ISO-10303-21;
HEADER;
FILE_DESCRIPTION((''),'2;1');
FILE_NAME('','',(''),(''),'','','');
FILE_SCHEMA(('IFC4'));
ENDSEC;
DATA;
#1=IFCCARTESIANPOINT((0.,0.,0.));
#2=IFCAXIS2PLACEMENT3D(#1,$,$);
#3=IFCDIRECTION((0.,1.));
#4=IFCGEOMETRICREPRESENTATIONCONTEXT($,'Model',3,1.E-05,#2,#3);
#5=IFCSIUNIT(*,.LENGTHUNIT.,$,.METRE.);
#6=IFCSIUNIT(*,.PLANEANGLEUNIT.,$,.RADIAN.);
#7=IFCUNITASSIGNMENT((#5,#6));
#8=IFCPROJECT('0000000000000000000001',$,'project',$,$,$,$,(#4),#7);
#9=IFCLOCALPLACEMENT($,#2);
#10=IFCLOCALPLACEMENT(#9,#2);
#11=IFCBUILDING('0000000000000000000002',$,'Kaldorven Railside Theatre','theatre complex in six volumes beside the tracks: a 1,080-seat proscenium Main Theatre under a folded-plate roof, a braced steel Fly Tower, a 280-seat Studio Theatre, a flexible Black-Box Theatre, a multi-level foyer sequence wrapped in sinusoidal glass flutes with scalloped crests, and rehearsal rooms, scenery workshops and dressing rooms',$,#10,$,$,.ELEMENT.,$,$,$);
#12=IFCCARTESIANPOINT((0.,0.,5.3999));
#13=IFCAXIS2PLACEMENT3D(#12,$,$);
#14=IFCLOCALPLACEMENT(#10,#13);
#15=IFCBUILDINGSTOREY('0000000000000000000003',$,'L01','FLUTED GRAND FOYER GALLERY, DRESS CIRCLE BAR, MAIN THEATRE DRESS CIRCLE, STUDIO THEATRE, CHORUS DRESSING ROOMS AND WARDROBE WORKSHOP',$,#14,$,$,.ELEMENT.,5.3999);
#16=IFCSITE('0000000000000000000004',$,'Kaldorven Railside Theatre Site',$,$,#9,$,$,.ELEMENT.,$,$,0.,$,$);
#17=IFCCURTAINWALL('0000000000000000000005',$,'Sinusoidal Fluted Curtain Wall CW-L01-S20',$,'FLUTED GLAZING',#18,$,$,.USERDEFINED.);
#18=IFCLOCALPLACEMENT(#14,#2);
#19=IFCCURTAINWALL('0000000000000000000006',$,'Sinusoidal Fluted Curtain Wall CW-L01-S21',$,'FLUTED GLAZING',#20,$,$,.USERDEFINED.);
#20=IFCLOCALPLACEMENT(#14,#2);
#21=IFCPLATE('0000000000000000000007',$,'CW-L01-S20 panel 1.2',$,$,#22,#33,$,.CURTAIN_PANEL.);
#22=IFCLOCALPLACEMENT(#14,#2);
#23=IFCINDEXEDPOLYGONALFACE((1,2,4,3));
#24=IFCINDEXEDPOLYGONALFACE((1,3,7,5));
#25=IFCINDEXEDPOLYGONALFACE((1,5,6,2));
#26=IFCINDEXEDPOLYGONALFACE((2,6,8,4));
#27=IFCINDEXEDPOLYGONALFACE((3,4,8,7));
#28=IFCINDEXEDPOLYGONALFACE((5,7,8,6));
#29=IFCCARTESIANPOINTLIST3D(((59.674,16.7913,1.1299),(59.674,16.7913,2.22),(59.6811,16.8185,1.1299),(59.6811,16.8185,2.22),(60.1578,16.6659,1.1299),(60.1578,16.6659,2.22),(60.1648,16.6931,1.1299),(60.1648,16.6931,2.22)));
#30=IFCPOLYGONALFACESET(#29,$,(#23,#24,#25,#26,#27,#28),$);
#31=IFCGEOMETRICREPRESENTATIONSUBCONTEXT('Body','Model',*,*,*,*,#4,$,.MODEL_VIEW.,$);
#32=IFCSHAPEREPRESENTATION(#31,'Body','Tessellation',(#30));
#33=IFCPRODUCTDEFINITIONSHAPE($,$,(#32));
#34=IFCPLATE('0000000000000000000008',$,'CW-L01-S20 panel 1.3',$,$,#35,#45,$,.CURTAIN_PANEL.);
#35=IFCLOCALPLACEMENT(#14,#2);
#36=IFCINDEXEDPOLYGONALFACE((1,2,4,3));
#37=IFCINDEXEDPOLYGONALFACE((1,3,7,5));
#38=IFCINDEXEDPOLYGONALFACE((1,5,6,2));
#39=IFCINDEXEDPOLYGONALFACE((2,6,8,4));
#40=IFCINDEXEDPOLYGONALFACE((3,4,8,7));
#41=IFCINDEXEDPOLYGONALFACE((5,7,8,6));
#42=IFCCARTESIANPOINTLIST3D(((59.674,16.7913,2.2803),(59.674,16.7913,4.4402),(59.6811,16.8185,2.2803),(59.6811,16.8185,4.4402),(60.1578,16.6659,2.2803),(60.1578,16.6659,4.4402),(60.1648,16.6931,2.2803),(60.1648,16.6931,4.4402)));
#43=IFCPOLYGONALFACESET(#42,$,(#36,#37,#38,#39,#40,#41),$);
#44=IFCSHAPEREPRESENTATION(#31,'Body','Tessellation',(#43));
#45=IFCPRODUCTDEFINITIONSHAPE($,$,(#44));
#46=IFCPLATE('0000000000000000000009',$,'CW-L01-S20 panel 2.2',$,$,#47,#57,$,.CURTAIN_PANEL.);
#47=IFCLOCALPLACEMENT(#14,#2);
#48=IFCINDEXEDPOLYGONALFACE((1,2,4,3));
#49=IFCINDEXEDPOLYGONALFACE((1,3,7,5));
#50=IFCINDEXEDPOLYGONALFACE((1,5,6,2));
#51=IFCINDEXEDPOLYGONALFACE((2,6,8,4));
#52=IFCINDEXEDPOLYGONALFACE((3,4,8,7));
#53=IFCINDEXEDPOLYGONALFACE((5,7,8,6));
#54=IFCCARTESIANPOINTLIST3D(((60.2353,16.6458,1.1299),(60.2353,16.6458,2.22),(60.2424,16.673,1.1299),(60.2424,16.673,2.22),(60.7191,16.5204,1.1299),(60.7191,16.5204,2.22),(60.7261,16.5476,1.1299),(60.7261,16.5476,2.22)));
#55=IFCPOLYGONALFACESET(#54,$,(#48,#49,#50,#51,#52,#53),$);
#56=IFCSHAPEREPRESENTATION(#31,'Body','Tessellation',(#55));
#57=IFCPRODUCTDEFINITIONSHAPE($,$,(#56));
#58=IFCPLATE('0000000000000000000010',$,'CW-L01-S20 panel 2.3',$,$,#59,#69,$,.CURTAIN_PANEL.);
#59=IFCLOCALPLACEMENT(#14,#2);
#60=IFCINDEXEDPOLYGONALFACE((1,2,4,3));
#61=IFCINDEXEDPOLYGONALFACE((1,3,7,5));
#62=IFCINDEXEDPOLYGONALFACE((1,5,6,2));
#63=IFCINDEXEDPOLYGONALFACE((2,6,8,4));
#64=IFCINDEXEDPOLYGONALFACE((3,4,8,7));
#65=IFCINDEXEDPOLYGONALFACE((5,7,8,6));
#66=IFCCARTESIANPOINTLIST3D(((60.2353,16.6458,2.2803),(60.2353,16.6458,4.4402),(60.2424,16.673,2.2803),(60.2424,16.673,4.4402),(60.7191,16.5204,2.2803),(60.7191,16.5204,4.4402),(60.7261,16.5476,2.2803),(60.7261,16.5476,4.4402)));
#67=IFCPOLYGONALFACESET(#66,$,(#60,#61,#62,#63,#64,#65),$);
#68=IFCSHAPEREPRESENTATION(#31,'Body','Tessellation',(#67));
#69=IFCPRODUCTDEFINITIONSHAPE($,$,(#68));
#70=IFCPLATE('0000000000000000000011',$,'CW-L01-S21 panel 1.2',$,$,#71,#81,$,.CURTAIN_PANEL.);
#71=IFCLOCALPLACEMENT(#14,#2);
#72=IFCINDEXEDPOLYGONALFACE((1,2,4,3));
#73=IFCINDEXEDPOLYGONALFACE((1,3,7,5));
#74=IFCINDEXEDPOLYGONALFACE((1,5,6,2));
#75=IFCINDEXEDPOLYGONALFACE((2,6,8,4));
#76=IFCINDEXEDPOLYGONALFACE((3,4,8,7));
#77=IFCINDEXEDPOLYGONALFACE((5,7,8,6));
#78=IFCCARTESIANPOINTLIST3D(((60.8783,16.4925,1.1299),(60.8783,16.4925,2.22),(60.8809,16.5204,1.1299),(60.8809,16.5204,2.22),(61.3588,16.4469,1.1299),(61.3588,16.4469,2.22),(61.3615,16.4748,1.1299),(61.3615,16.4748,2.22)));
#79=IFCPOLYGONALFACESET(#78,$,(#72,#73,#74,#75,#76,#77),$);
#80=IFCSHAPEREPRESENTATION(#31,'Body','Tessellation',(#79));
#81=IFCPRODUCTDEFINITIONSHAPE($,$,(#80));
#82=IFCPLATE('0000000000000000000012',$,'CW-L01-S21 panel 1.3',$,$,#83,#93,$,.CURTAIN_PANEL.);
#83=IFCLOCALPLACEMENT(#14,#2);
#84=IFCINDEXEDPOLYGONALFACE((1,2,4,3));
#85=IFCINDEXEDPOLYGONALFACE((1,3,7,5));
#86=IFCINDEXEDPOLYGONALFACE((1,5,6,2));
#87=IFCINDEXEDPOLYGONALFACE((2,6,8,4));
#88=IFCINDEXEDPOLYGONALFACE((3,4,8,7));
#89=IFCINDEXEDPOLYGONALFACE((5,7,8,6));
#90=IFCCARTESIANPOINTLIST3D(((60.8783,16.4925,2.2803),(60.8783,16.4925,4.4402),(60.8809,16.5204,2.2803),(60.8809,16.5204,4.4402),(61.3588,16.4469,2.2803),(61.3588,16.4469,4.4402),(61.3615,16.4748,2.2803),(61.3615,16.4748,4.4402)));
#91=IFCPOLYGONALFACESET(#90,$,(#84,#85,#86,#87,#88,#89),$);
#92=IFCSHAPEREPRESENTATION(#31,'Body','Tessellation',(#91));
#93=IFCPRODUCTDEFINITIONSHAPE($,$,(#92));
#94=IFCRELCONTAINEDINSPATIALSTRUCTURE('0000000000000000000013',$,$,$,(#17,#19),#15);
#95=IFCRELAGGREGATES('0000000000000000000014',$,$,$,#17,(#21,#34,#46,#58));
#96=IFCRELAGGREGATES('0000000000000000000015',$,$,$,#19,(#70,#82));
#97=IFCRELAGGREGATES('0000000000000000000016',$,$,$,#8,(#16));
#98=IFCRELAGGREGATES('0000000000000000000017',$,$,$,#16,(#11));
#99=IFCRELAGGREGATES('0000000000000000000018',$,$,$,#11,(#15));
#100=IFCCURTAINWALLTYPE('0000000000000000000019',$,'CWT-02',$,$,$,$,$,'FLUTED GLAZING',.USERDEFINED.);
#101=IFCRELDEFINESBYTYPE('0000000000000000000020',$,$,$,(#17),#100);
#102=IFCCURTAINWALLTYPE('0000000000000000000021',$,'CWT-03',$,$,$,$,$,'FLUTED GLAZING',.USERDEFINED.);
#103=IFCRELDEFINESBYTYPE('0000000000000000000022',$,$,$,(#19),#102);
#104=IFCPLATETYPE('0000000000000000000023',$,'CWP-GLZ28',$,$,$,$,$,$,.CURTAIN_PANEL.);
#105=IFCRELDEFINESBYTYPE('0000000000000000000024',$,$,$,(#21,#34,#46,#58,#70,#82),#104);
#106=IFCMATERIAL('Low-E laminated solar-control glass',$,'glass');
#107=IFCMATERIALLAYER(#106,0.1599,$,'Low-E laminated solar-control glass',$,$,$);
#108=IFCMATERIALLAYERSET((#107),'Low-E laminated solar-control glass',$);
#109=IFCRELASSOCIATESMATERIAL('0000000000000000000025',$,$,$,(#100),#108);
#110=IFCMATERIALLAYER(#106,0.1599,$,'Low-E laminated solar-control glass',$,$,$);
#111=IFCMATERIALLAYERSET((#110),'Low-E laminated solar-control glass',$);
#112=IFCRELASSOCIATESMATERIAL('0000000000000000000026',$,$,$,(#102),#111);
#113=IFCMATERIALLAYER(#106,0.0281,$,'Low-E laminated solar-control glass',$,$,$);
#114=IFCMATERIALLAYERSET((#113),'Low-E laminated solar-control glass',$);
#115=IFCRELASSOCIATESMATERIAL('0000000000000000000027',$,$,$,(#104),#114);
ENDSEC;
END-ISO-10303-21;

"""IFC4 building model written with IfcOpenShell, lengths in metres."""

from ifc_helpers import new_model, si_unit, direction, frame, origin, origin_2d, place, context, subcontext, project, spatial, rectangle, extrude, material, layer, layer_set, type_object, element, aggregate, save


model = new_model("IFC4")

# Units and contexts
model_context = context("Model", 3, precision=1e-05, world=origin(), true_north=direction((0.0, 1.0)))
body_context = subcontext(model_context, "Body", "Model", "MODEL_VIEW")
ifc_project = project(units=[si_unit("LENGTHUNIT", "METRE"), si_unit("PLANEANGLEUNIT", "RADIAN")], contexts=[model_context])

# Site, building, storey
site_placement = place(None, origin())
site = spatial("IfcSite", under=ifc_project, at=site_placement, Name="Kaldorven Railside Theatre Site", CompositionType="ELEMENT", RefElevation=0.0)
building_placement = place(site_placement, origin())
building = spatial("IfcBuilding", under=site, at=building_placement, Name="Kaldorven Railside Theatre", Description="theatre complex in six volumes beside the tracks: a 1,080-seat proscenium Main Theatre under a folded-plate roof, a braced steel Fly Tower, a 280-seat Studio Theatre, a flexible Black-Box Theatre, a multi-level foyer sequence wrapped in sinusoidal glass flutes with scalloped crests, and rehearsal rooms, scenery workshops and dressing rooms", CompositionType="ELEMENT")
storey_placement = place(building_placement, frame((0.0, 0.0, 5.3999)))
storey = spatial("IfcBuildingStorey", under=building, at=storey_placement, Name="L01", Description="FLUTED GRAND FOYER GALLERY, DRESS CIRCLE BAR, MAIN THEATRE DRESS CIRCLE, STUDIO THEATRE, CHORUS DRESSING ROOMS AND WARDROBE WORKSHOP", CompositionType="ELEMENT", Elevation=5.3999)

# Curtain walls
ifc_material_1 = material(Name="Low-E laminated solar-control glass", Category="glass")
ifc_layer_1 = layer(ifc_material_1, 0.1599, Name="Low-E laminated solar-control glass")
ifc_layer_set_1 = layer_set([ifc_layer_1], Name="Low-E laminated solar-control glass")
curtain_wall_type_1 = type_object("IfcCurtainWallType", Name="CWT-02", ElementType="FLUTED GLAZING", PredefinedType="USERDEFINED", material=ifc_layer_set_1)
curtain_wall_1_placement = place(storey_placement, origin())
curtain_wall_1 = element("IfcCurtainWall", 1, at=curtain_wall_1_placement, inside=storey, type_object=curtain_wall_type_1, Name="Sinusoidal Fluted Curtain Wall CW-L01-S20", ObjectType="FLUTED GLAZING", PredefinedType="USERDEFINED")
ifc_layer_2 = layer(ifc_material_1, 0.1599, Name="Low-E laminated solar-control glass")
ifc_layer_set_2 = layer_set([ifc_layer_2], Name="Low-E laminated solar-control glass")
curtain_wall_type_2 = type_object("IfcCurtainWallType", Name="CWT-03", ElementType="FLUTED GLAZING", PredefinedType="USERDEFINED", material=ifc_layer_set_2)
curtain_wall_2_placement = place(storey_placement, origin())
curtain_wall_2 = element("IfcCurtainWall", 2, at=curtain_wall_2_placement, inside=storey, type_object=curtain_wall_type_2, Name="Sinusoidal Fluted Curtain Wall CW-L01-S21", ObjectType="FLUTED GLAZING", PredefinedType="USERDEFINED")

# Plates
ifc_layer_3 = layer(ifc_material_1, 0.0281, Name="Low-E laminated solar-control glass")
ifc_layer_set_3 = layer_set([ifc_layer_3], Name="Low-E laminated solar-control glass")
plate_type = type_object("IfcPlateType", Name="CWP-GLZ28", PredefinedType="CURTAIN_PANEL", material=ifc_layer_set_3)
plate_1_placement = place(storey_placement, frame((59.9194, 16.7422, 1.1299), z_axis=(0.0, 0.0, 1.0), x_axis=(0.967999, -0.250954, 0.0)))
plate_1 = element("IfcPlate", 3, at=plate_1_placement, type_object=plate_type, Name="CW-L01-S20 panel 1.2", PredefinedType="CURTAIN_PANEL", context=body_context, shape_type="SweptSolid", body=[
    extrude(rectangle(XDim=0.4998, YDim=0.0281, at=origin_2d()), origin(), (0.0, 0.0, 1.0), 1.0901),
])
plate_2_placement = place(storey_placement, frame((59.9194, 16.7422, 2.2803), z_axis=(0.0, 0.0, 1.0), x_axis=(0.967999, -0.250954, 0.0)))
plate_2 = element("IfcPlate", 4, at=plate_2_placement, type_object=plate_type, Name="CW-L01-S20 panel 1.3", PredefinedType="CURTAIN_PANEL", context=body_context, shape_type="SweptSolid", body=[
    extrude(rectangle(XDim=0.4998, YDim=0.0281, at=origin_2d()), origin(), (0.0, 0.0, 1.0), 2.1599),
])
plate_3_placement = place(storey_placement, frame((60.4807, 16.5967, 1.1299), z_axis=(0.0, 0.0, 1.0), x_axis=(0.967999, -0.250954, 0.0)))
plate_3 = element("IfcPlate", 5, at=plate_3_placement, type_object=plate_type, Name="CW-L01-S20 panel 2.2", PredefinedType="CURTAIN_PANEL", context=body_context, shape_type="SweptSolid", body=[
    extrude(rectangle(XDim=0.4998, YDim=0.0281, at=origin_2d()), origin(), (0.0, 0.0, 1.0), 1.0901),
])
plate_4_placement = place(storey_placement, frame((60.4807, 16.5967, 2.2803), z_axis=(0.0, 0.0, 1.0), x_axis=(0.967999, -0.250954, 0.0)))
plate_4 = element("IfcPlate", 6, at=plate_4_placement, type_object=plate_type, Name="CW-L01-S20 panel 2.3", PredefinedType="CURTAIN_PANEL", context=body_context, shape_type="SweptSolid", body=[
    extrude(rectangle(XDim=0.4998, YDim=0.0281, at=origin_2d()), origin(), (0.0, 0.0, 1.0), 2.1599),
])
aggregate(curtain_wall_1, [plate_1, plate_2, plate_3, plate_4])
plate_5_placement = place(storey_placement, frame((61.1199, 16.4836, 1.1299), z_axis=(0.0, 0.0, 1.0), x_axis=(0.995526, -0.094492, 0.0)))
plate_5 = element("IfcPlate", 7, at=plate_5_placement, type_object=plate_type, Name="CW-L01-S21 panel 1.2", PredefinedType="CURTAIN_PANEL", context=body_context, shape_type="SweptSolid", body=[
    extrude(rectangle(XDim=0.4827, YDim=0.0281, at=origin_2d()), origin(), (0.0, 0.0, 1.0), 1.0901),
])
plate_6_placement = place(storey_placement, frame((61.1199, 16.4836, 2.2803), z_axis=(0.0, 0.0, 1.0), x_axis=(0.995526, -0.094492, 0.0)))
plate_6 = element("IfcPlate", 8, at=plate_6_placement, type_object=plate_type, Name="CW-L01-S21 panel 1.3", PredefinedType="CURTAIN_PANEL", context=body_context, shape_type="SweptSolid", body=[
    extrude(rectangle(XDim=0.4827, YDim=0.0281, at=origin_2d()), origin(), (0.0, 0.0, 1.0), 2.1599),
])
aggregate(curtain_wall_2, [plate_5, plate_6])

save(model, "model.ifc")
